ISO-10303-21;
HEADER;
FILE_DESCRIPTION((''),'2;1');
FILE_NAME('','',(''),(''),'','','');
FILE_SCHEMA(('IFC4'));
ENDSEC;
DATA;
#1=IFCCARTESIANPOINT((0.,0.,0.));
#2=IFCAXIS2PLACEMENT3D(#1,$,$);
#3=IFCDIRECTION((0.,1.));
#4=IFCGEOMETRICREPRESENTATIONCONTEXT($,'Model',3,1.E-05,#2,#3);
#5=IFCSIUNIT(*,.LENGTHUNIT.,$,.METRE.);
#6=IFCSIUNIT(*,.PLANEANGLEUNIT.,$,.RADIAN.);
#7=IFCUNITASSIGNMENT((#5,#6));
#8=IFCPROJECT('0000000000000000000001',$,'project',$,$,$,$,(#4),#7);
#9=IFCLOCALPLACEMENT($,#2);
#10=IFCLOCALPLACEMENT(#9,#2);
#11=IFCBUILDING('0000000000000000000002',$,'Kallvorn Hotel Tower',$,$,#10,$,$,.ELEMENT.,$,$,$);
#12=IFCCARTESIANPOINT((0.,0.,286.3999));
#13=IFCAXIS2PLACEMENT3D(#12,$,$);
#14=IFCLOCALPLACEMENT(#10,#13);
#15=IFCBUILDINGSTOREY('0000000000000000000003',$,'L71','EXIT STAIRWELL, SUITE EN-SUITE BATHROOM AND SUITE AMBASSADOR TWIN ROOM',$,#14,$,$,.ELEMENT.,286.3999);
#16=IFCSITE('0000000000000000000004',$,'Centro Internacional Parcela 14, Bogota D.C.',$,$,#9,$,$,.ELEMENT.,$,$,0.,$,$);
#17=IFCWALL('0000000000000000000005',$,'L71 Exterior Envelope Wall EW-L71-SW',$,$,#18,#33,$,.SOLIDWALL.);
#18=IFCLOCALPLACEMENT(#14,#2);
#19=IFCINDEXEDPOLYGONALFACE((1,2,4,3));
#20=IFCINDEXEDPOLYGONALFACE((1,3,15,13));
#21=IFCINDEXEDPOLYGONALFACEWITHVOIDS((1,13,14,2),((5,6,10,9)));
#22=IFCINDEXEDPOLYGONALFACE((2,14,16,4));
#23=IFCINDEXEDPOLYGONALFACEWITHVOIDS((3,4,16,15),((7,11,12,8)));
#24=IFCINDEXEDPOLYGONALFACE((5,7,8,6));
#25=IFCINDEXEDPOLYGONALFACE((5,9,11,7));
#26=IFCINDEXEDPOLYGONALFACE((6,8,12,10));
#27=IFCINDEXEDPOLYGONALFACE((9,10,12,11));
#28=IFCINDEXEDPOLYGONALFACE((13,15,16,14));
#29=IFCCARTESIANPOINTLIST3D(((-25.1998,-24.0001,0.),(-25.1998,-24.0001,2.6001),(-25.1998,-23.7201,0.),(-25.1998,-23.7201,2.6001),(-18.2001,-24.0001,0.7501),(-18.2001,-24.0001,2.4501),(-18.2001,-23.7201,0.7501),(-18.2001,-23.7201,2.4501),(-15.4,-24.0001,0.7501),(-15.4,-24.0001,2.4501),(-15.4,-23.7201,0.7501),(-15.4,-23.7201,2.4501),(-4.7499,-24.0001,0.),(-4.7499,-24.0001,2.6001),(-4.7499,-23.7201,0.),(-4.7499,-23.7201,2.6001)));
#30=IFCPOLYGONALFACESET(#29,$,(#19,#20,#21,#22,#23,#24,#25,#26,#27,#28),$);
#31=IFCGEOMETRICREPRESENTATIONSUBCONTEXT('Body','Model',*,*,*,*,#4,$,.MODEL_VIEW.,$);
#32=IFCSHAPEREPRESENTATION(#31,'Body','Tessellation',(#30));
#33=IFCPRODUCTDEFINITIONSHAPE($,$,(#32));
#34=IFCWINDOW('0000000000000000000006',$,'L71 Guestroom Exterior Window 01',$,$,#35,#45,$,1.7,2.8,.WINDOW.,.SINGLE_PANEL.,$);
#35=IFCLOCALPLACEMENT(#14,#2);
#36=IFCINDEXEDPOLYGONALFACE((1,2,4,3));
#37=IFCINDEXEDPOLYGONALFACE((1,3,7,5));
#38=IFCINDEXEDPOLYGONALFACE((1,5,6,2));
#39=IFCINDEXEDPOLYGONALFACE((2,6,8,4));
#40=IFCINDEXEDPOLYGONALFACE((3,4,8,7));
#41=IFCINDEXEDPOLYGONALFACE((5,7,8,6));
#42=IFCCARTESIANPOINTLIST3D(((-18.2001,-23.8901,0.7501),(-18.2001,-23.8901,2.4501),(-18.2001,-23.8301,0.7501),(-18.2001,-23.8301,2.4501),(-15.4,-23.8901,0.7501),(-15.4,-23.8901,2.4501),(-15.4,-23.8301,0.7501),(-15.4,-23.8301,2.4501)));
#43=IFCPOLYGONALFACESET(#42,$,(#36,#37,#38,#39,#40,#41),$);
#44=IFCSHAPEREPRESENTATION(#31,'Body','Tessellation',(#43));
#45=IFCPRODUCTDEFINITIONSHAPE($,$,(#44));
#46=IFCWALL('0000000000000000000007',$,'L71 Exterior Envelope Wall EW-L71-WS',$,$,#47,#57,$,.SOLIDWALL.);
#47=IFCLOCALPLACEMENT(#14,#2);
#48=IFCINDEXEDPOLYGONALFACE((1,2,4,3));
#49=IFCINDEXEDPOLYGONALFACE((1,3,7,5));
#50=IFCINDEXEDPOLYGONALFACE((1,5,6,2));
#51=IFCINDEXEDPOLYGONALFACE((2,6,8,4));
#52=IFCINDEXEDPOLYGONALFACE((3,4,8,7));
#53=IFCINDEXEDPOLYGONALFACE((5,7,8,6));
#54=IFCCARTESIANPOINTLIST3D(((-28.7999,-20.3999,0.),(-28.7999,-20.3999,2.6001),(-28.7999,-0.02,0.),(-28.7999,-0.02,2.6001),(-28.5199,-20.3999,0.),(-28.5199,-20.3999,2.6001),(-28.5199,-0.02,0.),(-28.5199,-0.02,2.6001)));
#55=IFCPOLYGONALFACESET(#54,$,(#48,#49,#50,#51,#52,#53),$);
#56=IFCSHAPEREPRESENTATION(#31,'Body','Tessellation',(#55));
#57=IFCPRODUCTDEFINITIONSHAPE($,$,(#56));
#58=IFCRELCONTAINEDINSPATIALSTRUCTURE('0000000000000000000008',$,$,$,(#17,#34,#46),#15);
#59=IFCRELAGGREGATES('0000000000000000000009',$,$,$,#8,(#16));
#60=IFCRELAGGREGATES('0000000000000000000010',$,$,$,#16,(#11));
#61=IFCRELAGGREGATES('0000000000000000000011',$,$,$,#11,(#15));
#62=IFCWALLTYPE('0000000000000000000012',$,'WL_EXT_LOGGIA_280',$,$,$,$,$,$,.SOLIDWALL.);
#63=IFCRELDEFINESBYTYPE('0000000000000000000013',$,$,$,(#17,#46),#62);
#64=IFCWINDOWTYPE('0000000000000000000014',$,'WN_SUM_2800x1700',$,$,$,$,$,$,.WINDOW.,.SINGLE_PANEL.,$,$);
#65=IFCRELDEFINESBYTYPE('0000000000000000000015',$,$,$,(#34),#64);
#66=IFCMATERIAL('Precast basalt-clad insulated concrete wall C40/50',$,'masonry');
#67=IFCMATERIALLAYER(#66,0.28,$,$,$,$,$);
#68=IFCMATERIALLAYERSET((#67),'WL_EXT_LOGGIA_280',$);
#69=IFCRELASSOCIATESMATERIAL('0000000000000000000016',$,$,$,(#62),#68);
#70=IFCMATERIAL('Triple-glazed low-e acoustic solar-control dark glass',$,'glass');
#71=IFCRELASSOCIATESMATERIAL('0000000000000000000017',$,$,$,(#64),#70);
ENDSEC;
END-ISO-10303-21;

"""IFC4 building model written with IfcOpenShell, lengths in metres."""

from ifc_helpers import new_model, si_unit, direction, frame, frame_2d, origin, place, context, subcontext, project, spatial, rectangle, extrude, material, layer, layer_set, type_object, element, fill, save


model = new_model("IFC4")

# Units and contexts
model_context = context("Model", 3, precision=1e-05, world=origin(), true_north=direction((0.0, 1.0)))
body_context = subcontext(model_context, "Body", "Model", "MODEL_VIEW")
ifc_project = project(units=[si_unit("LENGTHUNIT", "METRE"), si_unit("PLANEANGLEUNIT", "RADIAN")], contexts=[model_context])

# Site, building, storey
site_placement = place(None, origin())
site = spatial("IfcSite", under=ifc_project, at=site_placement, Name="Centro Internacional Parcela 14, Bogota D.C.", CompositionType="ELEMENT", RefElevation=0.0)
building_placement = place(site_placement, origin())
building = spatial("IfcBuilding", under=site, at=building_placement, Name="Kallvorn Hotel Tower", CompositionType="ELEMENT")
storey_placement = place(building_placement, frame((0.0, 0.0, 286.3999)))
storey = spatial("IfcBuildingStorey", under=building, at=storey_placement, Name="L71", Description="EXIT STAIRWELL, SUITE EN-SUITE BATHROOM AND SUITE AMBASSADOR TWIN ROOM", CompositionType="ELEMENT", Elevation=286.3999)

# Shared definitions
ifc_material_1 = material(Name="Precast basalt-clad insulated concrete wall C40/50", Category="masonry")
ifc_layer_1 = layer(ifc_material_1, 0.28)
ifc_layer_set_1 = layer_set([ifc_layer_1], Name="WL_EXT_LOGGIA_280")
wall_type_1 = type_object("IfcWallType", Name="WL_EXT_LOGGIA_280", PredefinedType="SOLIDWALL", material=ifc_layer_set_1)

# Wall, opening, window
wall_1_placement = place(storey_placement, frame((-25.2, -23.8601, 0.0), z_axis=(0.0, 0.0, 1.0), x_axis=(1.0, 0.0, 0.0)))
wall_1 = element("IfcWall", 1, at=wall_1_placement, inside=storey, type_object=wall_type_1, Name="L71 Exterior Envelope Wall EW-L71-SW", PredefinedType="SOLIDWALL", context=body_context, shape_type="SweptSolid", body=[
    extrude(rectangle(XDim=20.45, YDim=0.28, at=frame_2d((10.2251, 0.0))), origin(), (0.0, 0.0, 1.0), 2.6001),
])
opening_placement = place(wall_1_placement, frame((7.0, 0.0, 0.75)))
opening = element("IfcOpeningElement", 2, at=opening_placement, cuts=wall_1, PredefinedType="OPENING", context=body_context, shape_type="SweptSolid", body=[
    extrude(rectangle(XDim=2.8, YDim=1.7, at=frame_2d((1.3999, 0.8501))), frame((0.0, 0.155, 0.0), z_axis=(0.0, -1.0, 0.0), x_axis=(1.0, 0.0, 0.0)), (0.0, 0.0, 1.0), 0.3101),
])
ifc_material_2 = material(Name="Triple-glazed low-e acoustic solar-control dark glass", Category="glass")
window_type = type_object("IfcWindowType", Name="WN_SUM_2800x1700", PartitioningType="SINGLE_PANEL", PredefinedType="WINDOW", material=ifc_material_2)
window_placement = place(opening_placement, origin())
window = element("IfcWindow", 3, at=window_placement, inside=storey, type_object=window_type, Name="L71 Guestroom Exterior Window 01", OverallHeight=1.7, OverallWidth=2.8, PartitioningType="SINGLE_PANEL", PredefinedType="WINDOW", context=body_context, shape_type="SweptSolid", body=[
    extrude(rectangle(XDim=2.8, YDim=1.7, at=frame_2d((1.3999, 0.8501))), frame((0.0, 0.03, 0.0), z_axis=(0.0, -1.0, 0.0), x_axis=(1.0, 0.0, 0.0)), (0.0, 0.0, 1.0), 0.0601),
])
fill(opening, window)

# Wall
wall_2_placement = place(storey_placement, frame((-28.6599, -20.3999, 0.0), z_axis=(0.0, 0.0, 1.0), x_axis=(0.0, 1.0, 0.0)))
element("IfcWall", 4, at=wall_2_placement, inside=storey, type_object=wall_type_1, Name="L71 Exterior Envelope Wall EW-L71-WS", PredefinedType="SOLIDWALL", context=body_context, shape_type="SweptSolid", body=[
    extrude(rectangle(XDim=20.3799, YDim=0.28, at=frame_2d((10.1899, 0.0))), origin(), (0.0, 0.0, 1.0), 2.6001),
])

save(model, "model.ifc")
